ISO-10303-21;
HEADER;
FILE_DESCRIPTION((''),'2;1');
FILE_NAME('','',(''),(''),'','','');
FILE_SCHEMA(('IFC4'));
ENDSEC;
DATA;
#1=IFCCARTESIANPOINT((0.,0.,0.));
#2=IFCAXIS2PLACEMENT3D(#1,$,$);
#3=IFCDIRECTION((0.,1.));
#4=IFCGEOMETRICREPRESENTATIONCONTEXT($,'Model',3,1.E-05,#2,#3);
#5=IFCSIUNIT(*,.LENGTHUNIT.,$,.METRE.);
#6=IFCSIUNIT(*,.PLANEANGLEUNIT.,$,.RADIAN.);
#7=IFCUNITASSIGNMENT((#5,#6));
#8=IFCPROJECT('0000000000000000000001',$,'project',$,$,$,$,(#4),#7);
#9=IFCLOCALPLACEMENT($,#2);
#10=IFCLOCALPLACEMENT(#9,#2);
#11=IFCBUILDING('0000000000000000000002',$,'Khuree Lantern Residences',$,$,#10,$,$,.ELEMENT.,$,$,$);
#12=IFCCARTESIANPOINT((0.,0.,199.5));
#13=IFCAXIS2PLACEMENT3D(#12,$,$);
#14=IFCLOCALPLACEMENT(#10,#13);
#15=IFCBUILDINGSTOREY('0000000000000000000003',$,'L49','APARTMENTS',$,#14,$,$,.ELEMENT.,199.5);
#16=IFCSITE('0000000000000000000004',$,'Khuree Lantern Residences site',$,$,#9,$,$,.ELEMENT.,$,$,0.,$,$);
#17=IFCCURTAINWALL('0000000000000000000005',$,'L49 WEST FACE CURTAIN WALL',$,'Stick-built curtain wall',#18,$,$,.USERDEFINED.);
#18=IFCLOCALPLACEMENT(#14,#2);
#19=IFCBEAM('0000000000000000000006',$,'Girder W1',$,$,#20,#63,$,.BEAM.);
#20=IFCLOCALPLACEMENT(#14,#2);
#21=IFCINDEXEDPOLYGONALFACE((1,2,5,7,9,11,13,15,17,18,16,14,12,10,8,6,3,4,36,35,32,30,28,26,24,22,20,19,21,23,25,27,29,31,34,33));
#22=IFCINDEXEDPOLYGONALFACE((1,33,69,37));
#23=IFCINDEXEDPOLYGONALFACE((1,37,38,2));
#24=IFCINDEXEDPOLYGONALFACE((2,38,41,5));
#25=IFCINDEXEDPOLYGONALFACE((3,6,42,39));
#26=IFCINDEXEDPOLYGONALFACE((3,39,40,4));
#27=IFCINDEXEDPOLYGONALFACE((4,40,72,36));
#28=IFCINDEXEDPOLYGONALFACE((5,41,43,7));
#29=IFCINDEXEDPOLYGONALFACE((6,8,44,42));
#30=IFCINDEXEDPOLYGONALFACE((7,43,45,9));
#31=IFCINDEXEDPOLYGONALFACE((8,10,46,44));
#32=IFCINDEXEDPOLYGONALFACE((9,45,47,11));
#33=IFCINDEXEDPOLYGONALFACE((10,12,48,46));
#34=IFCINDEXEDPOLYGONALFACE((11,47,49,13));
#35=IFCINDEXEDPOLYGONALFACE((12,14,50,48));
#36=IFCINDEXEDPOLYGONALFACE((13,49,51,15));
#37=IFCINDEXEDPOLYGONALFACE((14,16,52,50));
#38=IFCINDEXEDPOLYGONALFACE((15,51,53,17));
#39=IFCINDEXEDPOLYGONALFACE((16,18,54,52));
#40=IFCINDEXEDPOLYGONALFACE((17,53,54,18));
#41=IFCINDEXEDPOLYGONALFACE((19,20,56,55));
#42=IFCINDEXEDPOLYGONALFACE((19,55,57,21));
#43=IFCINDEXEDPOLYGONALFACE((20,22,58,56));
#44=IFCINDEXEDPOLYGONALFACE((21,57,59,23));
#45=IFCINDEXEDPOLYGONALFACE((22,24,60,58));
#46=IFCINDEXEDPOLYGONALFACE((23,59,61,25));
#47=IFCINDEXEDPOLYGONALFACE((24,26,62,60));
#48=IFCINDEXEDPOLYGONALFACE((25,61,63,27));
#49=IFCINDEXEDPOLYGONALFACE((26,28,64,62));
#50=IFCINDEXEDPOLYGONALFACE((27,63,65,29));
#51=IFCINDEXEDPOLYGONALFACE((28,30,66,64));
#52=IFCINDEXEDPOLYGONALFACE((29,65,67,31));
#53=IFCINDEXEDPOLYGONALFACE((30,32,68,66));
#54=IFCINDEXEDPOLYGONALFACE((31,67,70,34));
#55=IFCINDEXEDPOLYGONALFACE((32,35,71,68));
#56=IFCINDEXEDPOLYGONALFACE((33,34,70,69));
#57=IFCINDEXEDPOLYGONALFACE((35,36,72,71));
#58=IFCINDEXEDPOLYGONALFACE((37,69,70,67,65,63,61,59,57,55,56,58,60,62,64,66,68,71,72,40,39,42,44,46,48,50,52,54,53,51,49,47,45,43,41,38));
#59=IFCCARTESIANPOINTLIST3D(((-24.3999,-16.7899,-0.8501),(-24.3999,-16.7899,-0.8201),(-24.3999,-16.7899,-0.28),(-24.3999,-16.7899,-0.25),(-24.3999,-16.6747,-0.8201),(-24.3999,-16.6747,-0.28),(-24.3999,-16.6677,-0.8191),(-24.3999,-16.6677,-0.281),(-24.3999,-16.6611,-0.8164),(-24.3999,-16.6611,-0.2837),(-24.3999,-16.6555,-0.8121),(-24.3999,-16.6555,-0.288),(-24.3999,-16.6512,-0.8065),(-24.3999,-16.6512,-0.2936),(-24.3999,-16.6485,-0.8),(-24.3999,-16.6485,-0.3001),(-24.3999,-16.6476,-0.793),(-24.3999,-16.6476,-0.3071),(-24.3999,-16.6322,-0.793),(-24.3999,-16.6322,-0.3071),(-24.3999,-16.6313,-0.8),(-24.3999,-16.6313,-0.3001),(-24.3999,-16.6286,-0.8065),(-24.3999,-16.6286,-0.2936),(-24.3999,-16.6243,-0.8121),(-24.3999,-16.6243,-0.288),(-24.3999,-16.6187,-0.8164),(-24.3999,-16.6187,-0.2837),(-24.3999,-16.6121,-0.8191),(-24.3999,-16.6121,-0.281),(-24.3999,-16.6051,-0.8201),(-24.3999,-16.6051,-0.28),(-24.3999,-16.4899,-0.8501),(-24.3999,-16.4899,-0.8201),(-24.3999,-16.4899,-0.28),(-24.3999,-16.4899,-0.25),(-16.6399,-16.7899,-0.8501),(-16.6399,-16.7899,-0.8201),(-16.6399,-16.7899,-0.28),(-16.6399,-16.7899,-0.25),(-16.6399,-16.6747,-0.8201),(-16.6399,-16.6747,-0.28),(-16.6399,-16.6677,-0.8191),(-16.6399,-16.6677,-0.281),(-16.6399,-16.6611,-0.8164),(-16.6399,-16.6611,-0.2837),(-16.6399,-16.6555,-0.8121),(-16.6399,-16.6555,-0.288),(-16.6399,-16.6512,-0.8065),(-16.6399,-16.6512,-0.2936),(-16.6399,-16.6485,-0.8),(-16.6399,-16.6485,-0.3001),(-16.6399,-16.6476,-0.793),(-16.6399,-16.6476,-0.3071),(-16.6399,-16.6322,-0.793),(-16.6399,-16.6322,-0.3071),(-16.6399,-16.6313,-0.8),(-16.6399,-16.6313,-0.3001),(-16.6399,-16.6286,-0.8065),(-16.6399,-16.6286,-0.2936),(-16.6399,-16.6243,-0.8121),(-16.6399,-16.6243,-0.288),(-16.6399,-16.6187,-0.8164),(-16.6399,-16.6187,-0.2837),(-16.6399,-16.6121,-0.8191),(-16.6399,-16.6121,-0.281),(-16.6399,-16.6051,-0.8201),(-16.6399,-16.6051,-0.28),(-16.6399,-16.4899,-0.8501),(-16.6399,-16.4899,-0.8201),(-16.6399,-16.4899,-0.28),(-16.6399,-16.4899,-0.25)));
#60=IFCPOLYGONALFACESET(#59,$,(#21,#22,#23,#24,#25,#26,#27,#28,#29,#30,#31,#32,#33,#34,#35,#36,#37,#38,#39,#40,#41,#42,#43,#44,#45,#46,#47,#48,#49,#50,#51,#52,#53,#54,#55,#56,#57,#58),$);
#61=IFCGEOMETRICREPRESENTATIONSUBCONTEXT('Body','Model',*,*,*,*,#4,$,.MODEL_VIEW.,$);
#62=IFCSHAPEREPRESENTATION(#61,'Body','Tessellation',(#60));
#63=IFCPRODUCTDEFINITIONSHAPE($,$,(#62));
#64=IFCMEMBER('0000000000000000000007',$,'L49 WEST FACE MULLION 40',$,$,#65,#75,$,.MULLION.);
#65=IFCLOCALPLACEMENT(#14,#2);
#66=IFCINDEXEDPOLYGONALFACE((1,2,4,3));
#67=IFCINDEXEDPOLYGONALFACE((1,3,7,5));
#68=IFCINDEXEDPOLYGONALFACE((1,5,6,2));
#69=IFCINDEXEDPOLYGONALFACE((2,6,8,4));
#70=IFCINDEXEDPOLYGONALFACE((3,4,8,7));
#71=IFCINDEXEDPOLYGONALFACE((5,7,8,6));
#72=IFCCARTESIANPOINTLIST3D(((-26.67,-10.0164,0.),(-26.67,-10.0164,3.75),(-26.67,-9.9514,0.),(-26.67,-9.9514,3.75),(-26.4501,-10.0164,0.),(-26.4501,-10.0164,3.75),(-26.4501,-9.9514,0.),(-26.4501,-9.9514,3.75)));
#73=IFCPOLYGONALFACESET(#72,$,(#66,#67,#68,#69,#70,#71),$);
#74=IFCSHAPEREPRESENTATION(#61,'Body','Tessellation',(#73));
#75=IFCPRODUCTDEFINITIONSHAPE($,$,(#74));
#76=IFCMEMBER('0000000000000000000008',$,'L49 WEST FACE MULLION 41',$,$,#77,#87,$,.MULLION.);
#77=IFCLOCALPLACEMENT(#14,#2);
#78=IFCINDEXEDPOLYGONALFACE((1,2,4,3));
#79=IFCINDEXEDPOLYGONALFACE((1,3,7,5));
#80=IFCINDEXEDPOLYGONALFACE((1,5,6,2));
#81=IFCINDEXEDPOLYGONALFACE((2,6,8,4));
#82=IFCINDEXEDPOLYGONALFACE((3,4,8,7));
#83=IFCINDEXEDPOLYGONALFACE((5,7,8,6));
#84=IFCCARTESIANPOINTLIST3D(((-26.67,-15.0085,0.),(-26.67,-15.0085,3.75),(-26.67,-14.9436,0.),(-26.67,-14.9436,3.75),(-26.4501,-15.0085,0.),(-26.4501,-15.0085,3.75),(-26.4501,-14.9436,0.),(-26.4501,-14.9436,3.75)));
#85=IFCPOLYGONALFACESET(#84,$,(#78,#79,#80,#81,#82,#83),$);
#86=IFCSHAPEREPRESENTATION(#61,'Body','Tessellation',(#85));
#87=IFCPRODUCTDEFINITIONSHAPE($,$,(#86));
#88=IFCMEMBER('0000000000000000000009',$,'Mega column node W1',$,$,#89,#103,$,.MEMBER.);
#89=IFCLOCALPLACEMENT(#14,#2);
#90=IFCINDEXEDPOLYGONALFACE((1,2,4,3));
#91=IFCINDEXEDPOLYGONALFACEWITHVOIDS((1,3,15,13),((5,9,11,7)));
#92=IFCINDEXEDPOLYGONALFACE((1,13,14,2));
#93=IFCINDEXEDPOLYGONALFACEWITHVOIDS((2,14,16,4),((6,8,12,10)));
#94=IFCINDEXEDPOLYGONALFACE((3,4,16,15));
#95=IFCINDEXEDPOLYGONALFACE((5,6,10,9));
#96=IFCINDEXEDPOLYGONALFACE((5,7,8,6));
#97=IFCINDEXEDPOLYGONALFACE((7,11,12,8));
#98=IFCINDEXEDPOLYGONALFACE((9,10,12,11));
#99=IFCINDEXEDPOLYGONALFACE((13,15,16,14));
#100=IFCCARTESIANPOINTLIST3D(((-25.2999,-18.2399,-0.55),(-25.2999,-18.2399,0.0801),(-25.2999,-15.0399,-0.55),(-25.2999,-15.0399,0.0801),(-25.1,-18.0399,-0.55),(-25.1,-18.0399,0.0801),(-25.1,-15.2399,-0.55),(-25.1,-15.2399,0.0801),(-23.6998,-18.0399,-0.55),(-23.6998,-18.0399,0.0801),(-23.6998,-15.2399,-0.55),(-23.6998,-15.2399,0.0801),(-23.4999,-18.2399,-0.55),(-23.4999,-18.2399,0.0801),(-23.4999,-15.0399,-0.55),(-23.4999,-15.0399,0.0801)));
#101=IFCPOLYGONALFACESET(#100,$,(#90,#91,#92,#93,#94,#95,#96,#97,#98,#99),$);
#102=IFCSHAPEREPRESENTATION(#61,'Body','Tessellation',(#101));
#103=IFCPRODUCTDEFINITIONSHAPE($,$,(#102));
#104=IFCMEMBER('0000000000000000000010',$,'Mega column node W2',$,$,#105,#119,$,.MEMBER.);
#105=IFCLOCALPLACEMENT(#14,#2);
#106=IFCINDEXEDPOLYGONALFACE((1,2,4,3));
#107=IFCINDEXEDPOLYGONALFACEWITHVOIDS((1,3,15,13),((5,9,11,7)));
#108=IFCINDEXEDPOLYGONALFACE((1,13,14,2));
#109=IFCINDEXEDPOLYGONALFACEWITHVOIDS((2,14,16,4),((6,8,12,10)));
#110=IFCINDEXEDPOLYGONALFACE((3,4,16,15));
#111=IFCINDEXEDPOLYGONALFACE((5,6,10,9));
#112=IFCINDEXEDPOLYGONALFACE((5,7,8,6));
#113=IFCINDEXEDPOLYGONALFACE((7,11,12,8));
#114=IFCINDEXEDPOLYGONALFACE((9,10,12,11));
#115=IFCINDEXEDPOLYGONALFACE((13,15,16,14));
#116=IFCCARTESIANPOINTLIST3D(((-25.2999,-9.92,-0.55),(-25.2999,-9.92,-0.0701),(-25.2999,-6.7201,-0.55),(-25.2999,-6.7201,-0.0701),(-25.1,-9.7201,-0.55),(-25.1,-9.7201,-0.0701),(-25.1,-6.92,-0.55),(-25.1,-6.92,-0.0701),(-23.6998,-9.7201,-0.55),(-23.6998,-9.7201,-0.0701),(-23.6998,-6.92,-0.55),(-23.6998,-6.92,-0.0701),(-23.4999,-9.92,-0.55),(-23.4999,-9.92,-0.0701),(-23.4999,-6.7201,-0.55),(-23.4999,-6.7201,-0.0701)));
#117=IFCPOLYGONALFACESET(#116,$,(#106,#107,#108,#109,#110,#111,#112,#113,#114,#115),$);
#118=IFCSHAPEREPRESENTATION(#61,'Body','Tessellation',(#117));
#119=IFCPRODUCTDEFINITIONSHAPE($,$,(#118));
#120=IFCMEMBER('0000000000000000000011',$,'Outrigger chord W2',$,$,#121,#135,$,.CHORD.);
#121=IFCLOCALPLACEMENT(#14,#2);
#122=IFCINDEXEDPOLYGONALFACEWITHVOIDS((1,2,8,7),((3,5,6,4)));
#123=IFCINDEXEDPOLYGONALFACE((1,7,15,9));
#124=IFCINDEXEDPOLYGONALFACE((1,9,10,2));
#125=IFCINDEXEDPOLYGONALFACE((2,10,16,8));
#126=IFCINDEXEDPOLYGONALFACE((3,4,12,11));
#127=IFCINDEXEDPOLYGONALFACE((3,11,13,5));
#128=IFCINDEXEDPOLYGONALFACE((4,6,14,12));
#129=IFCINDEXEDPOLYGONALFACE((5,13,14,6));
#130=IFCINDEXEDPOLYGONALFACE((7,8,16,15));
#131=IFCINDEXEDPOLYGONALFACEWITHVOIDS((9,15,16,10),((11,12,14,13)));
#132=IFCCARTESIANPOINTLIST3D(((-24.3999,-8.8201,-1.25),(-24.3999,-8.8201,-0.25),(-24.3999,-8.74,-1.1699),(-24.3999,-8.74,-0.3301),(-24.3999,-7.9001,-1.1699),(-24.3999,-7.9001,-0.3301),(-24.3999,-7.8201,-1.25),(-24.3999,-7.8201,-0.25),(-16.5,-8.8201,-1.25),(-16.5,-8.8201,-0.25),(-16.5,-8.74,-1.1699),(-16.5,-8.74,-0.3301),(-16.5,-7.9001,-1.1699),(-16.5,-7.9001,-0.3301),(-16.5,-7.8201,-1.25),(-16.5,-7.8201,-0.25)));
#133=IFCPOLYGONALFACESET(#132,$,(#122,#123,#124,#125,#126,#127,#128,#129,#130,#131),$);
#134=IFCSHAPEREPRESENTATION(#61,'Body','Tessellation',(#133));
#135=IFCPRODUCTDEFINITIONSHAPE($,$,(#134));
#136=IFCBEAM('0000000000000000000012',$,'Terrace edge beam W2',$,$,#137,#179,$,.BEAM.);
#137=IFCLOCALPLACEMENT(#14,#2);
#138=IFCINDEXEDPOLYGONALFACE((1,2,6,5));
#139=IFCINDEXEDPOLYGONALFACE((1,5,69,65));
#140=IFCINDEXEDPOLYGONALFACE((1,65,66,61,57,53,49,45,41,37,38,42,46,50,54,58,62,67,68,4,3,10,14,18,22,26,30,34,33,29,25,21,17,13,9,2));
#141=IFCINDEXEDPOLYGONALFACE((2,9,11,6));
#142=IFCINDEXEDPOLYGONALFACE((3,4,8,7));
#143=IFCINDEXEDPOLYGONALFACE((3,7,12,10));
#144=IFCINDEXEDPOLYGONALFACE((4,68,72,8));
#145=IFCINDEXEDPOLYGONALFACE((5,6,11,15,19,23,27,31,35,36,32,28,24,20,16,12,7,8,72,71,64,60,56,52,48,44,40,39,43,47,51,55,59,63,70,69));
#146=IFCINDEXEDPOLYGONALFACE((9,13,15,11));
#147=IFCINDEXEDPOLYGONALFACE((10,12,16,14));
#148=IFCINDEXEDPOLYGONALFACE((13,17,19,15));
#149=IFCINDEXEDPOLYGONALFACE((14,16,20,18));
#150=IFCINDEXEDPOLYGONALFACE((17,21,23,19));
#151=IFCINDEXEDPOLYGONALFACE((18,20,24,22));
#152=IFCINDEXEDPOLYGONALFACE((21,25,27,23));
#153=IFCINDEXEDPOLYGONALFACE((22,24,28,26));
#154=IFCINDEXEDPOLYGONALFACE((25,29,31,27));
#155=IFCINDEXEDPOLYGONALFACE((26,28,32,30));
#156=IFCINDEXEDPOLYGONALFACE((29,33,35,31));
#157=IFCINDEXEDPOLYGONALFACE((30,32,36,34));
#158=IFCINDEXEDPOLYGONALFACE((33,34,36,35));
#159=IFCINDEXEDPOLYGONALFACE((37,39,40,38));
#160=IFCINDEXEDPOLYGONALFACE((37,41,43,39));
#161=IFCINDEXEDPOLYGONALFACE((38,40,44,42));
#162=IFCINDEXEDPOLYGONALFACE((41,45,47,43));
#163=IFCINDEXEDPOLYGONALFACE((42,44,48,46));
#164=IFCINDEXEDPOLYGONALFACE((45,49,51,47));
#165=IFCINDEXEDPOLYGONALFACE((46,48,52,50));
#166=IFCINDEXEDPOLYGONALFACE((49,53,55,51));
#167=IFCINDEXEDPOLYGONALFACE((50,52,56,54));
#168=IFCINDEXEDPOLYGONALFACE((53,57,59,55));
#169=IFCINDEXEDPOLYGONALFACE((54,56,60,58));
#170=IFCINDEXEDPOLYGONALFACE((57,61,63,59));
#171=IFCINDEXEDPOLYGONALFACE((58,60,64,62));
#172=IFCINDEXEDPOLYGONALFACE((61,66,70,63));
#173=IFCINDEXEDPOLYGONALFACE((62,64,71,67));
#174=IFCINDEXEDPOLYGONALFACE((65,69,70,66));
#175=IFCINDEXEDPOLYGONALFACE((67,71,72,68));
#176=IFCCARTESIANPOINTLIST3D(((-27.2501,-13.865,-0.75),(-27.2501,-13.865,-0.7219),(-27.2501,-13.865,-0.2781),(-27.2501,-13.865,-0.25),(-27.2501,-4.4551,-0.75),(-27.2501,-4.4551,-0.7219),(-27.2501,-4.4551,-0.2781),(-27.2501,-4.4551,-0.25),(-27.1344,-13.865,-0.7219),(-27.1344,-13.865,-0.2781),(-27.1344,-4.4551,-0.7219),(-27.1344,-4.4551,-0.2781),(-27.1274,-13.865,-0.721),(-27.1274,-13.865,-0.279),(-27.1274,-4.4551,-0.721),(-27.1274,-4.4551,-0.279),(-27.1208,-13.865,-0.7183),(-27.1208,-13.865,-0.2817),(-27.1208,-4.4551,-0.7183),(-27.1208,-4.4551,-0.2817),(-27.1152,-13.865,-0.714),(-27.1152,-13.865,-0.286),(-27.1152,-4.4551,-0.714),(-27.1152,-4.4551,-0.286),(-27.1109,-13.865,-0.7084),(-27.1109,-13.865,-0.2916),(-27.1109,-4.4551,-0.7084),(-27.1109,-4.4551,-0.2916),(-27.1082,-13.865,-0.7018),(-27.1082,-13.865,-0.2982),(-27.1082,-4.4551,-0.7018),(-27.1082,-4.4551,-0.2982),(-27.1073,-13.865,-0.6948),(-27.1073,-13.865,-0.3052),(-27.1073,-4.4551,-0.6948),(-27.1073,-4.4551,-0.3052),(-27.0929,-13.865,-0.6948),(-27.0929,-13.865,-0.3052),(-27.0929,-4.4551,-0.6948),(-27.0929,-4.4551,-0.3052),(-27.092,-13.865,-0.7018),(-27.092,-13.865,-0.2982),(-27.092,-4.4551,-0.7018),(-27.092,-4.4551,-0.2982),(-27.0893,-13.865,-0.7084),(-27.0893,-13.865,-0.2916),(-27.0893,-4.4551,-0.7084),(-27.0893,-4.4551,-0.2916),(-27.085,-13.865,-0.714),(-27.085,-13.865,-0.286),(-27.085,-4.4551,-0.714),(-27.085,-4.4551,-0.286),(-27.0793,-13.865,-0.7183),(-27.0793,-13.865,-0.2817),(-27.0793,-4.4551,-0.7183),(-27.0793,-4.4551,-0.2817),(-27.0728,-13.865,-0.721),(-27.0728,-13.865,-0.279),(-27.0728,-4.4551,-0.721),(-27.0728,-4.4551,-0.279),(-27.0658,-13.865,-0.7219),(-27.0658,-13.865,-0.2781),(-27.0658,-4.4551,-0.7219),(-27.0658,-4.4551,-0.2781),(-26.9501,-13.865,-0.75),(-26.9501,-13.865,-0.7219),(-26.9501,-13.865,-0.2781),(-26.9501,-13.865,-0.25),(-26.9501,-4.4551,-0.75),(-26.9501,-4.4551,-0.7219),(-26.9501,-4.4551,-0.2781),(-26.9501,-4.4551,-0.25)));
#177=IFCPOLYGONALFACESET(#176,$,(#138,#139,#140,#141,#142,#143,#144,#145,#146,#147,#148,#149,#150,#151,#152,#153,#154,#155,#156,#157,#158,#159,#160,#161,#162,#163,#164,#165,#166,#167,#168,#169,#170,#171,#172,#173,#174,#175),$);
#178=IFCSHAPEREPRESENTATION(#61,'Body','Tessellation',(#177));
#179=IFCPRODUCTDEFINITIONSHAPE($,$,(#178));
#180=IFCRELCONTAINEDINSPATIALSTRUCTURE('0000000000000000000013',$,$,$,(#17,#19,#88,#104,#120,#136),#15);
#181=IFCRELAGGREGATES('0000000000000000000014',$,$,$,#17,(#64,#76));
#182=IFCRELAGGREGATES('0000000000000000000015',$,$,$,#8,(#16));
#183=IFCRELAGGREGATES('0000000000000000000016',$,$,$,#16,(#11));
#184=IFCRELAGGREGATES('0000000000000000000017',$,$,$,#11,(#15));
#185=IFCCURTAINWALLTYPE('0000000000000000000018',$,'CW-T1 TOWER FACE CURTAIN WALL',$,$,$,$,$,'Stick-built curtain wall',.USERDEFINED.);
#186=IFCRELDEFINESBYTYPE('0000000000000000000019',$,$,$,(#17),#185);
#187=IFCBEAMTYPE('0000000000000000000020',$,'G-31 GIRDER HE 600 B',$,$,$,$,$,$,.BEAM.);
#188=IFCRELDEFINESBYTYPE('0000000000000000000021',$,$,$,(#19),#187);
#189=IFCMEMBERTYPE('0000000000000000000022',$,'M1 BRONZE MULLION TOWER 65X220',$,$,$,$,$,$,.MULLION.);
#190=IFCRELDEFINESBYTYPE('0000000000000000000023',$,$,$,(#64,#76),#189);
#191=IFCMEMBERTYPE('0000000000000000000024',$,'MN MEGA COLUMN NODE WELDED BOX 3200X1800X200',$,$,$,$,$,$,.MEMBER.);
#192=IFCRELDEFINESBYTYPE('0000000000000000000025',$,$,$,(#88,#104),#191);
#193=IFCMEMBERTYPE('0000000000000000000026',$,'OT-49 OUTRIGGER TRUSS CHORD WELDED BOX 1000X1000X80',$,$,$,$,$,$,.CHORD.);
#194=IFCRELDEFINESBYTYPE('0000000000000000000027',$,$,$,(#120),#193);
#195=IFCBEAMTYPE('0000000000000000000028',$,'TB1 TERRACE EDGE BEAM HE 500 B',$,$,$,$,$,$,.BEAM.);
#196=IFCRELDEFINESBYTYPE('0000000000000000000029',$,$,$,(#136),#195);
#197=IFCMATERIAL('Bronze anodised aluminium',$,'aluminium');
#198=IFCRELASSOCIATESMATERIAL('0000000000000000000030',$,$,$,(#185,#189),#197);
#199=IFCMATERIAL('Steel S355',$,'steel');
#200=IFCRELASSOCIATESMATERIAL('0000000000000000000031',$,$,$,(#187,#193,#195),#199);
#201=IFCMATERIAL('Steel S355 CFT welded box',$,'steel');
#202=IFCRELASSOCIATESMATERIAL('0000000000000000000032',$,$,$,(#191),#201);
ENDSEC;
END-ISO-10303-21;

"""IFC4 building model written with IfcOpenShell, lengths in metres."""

from ifc_helpers import new_model, si_unit, direction, frame, origin, origin_2d, place, context, subcontext, project, spatial, rectangle, hollow_rectangle, i_section, extrude, material, material_profile, profile_set, type_object, element, aggregate, save


model = new_model("IFC4")

# Units and contexts
model_context = context("Model", 3, precision=1e-05, world=origin(), true_north=direction((0.0, 1.0)))
body_context = subcontext(model_context, "Body", "Model", "MODEL_VIEW")
ifc_project = project(units=[si_unit("LENGTHUNIT", "METRE"), si_unit("PLANEANGLEUNIT", "RADIAN")], contexts=[model_context])

# Site, building, storey
site_placement = place(None, origin())
site = spatial("IfcSite", under=ifc_project, at=site_placement, Name="Khuree Lantern Residences site", CompositionType="ELEMENT", RefElevation=0.0)
building_placement = place(site_placement, origin())
building = spatial("IfcBuilding", under=site, at=building_placement, Name="Khuree Lantern Residences", CompositionType="ELEMENT")
storey_placement = place(building_placement, frame((0.0, 0.0, 199.5)))
storey = spatial("IfcBuildingStorey", under=building, at=storey_placement, Name="L49", Description="APARTMENTS", CompositionType="ELEMENT", Elevation=199.5)

# Shared definitions
ifc_material_1 = material(Name="Steel S355 CFT welded box", Category="steel")

# Shared definitions
ifc_material_2 = material(Name="Steel S355", Category="steel")

# Curtain wall
ifc_material_3 = material(Name="Bronze anodised aluminium", Category="aluminium")
curtain_wall_type = type_object("IfcCurtainWallType", Name="CW-T1 TOWER FACE CURTAIN WALL", ElementType="Stick-built curtain wall", PredefinedType="USERDEFINED", material=ifc_material_3)
curtain_wall_placement = place(storey_placement, origin())
curtain_wall = element("IfcCurtainWall", 1, at=curtain_wall_placement, inside=storey, type_object=curtain_wall_type, Name="L49 WEST FACE CURTAIN WALL", ObjectType="Stick-built curtain wall", PredefinedType="USERDEFINED")

# Beam
ifc_material_profile_1 = material_profile(ifc_material_2, i_section(OverallWidth=0.3, OverallDepth=0.6001, WebThickness=0.0154, FlangeThickness=0.03, FilletRadius=0.0271, at=origin_2d()), Name="HE 600 B")
ifc_profile_set_1 = profile_set([ifc_material_profile_1], Name="Steel S355")
beam_type_1 = type_object("IfcBeamType", Name="G-31 GIRDER HE 600 B", PredefinedType="BEAM", material=ifc_profile_set_1)
beam_1_placement = place(storey_placement, frame((-24.3999, -16.6399, -0.55), z_axis=(1.0, 0.0, 0.0), x_axis=(0.0, 1.0, 0.0)))
element("IfcBeam", 2, at=beam_1_placement, inside=storey, type_object=beam_type_1, Name="Girder W1", PredefinedType="BEAM", context=body_context, shape_type="SweptSolid", body=[
    extrude(i_section(OverallWidth=0.3, OverallDepth=0.6001, WebThickness=0.0154, FlangeThickness=0.03, FilletRadius=0.0271, at=origin_2d()), origin(), (0.0, 0.0, 1.0), 7.76),
])

# Members
ifc_material_profile_2 = material_profile(ifc_material_3, rectangle(XDim=0.0649, YDim=0.22, at=origin_2d()), Name="M1 65X220")
ifc_profile_set_2 = profile_set([ifc_material_profile_2], Name="Bronze anodised aluminium")
member_type_1 = type_object("IfcMemberType", Name="M1 BRONZE MULLION TOWER 65X220", PredefinedType="MULLION", material=ifc_profile_set_2)
member_1_placement = place(storey_placement, frame((-26.5601, -9.9839, 0.0), z_axis=(0.0, 0.0, 1.0), x_axis=(0.0, -1.0, 0.0)))
member_1 = element("IfcMember", 3, at=member_1_placement, type_object=member_type_1, Name="L49 WEST FACE MULLION 40", PredefinedType="MULLION", context=body_context, shape_type="SweptSolid", body=[
    extrude(rectangle(XDim=0.0649, YDim=0.22, at=origin_2d()), origin(), (0.0, 0.0, 1.0), 3.75),
])
member_2_placement = place(storey_placement, frame((-26.5601, -14.9761, 0.0), z_axis=(0.0, 0.0, 1.0), x_axis=(0.0, -1.0, 0.0)))
member_2 = element("IfcMember", 4, at=member_2_placement, type_object=member_type_1, Name="L49 WEST FACE MULLION 41", PredefinedType="MULLION", context=body_context, shape_type="SweptSolid", body=[
    extrude(rectangle(XDim=0.0649, YDim=0.22, at=origin_2d()), origin(), (0.0, 0.0, 1.0), 3.75),
])

# Members
ifc_material_profile_3 = material_profile(ifc_material_1, hollow_rectangle(XDim=3.2, YDim=1.8, WallThickness=0.2, at=origin_2d()), Name="WELDED BOX 3200X1800X200")
ifc_profile_set_3 = profile_set([ifc_material_profile_3], Name="Steel S355 CFT welded box")
member_type_2 = type_object("IfcMemberType", Name="MN MEGA COLUMN NODE WELDED BOX 3200X1800X200", PredefinedType="MEMBER", material=ifc_profile_set_3)
member_3_placement = place(storey_placement, frame((-24.3999, -16.6399, -0.55), z_axis=(0.0, 0.0, 1.0), x_axis=(0.0, 1.0, 0.0)))
element("IfcMember", 5, at=member_3_placement, inside=storey, type_object=member_type_2, Name="Mega column node W1", PredefinedType="MEMBER", context=body_context, shape_type="SweptSolid", body=[
    extrude(hollow_rectangle(XDim=3.2, YDim=1.8, WallThickness=0.2, at=origin_2d()), origin(), (0.0, 0.0, 1.0), 0.6301),
])
member_4_placement = place(storey_placement, frame((-24.3999, -8.3201, -0.55), z_axis=(0.0, 0.0, 1.0), x_axis=(0.0, 1.0, 0.0)))
element("IfcMember", 6, at=member_4_placement, inside=storey, type_object=member_type_2, Name="Mega column node W2", PredefinedType="MEMBER", context=body_context, shape_type="SweptSolid", body=[
    extrude(hollow_rectangle(XDim=3.2, YDim=1.8, WallThickness=0.2, at=origin_2d()), origin(), (0.0, 0.0, 1.0), 0.48),
])
ifc_material_profile_4 = material_profile(ifc_material_2, hollow_rectangle(XDim=1.0, YDim=1.0, WallThickness=0.0801, at=origin_2d()), Name="WELDED BOX 1000X1000X80")
ifc_profile_set_4 = profile_set([ifc_material_profile_4], Name="Steel S355")
member_type_3 = type_object("IfcMemberType", Name="OT-49 OUTRIGGER TRUSS CHORD WELDED BOX 1000X1000X80", PredefinedType="CHORD", material=ifc_profile_set_4)
member_5_placement = place(storey_placement, frame((-24.3999, -8.3201, -0.75), z_axis=(1.0, 0.0, 0.0), x_axis=(0.0, 1.0, 0.0)))
element("IfcMember", 7, at=member_5_placement, inside=storey, type_object=member_type_3, Name="Outrigger chord W2", PredefinedType="CHORD", context=body_context, shape_type="SweptSolid", body=[
    extrude(hollow_rectangle(XDim=1.0, YDim=1.0, WallThickness=0.0801, at=origin_2d()), origin(), (0.0, 0.0, 1.0), 7.8999),
])

# Beam
ifc_material_profile_5 = material_profile(ifc_material_2, i_section(OverallWidth=0.3, OverallDepth=0.5, WebThickness=0.0144, FlangeThickness=0.0281, FilletRadius=0.0271, at=origin_2d()), Name="HE 500 B")
ifc_profile_set_5 = profile_set([ifc_material_profile_5], Name="Steel S355")
beam_type_2 = type_object("IfcBeamType", Name="TB1 TERRACE EDGE BEAM HE 500 B", PredefinedType="BEAM", material=ifc_profile_set_5)
beam_2_placement = place(storey_placement, frame((-27.1001, -13.865, -0.5), z_axis=(0.0, 1.0, 0.0), x_axis=(-1.0, 0.0, 0.0)))
element("IfcBeam", 8, at=beam_2_placement, inside=storey, type_object=beam_type_2, Name="Terrace edge beam W2", PredefinedType="BEAM", context=body_context, shape_type="SweptSolid", body=[
    extrude(i_section(OverallWidth=0.3, OverallDepth=0.5, WebThickness=0.0144, FlangeThickness=0.0281, FilletRadius=0.0271, at=origin_2d()), origin(), (0.0, 0.0, 1.0), 9.4099),
])

aggregate(curtain_wall, [member_1, member_2])

save(model, "model.ifc")
